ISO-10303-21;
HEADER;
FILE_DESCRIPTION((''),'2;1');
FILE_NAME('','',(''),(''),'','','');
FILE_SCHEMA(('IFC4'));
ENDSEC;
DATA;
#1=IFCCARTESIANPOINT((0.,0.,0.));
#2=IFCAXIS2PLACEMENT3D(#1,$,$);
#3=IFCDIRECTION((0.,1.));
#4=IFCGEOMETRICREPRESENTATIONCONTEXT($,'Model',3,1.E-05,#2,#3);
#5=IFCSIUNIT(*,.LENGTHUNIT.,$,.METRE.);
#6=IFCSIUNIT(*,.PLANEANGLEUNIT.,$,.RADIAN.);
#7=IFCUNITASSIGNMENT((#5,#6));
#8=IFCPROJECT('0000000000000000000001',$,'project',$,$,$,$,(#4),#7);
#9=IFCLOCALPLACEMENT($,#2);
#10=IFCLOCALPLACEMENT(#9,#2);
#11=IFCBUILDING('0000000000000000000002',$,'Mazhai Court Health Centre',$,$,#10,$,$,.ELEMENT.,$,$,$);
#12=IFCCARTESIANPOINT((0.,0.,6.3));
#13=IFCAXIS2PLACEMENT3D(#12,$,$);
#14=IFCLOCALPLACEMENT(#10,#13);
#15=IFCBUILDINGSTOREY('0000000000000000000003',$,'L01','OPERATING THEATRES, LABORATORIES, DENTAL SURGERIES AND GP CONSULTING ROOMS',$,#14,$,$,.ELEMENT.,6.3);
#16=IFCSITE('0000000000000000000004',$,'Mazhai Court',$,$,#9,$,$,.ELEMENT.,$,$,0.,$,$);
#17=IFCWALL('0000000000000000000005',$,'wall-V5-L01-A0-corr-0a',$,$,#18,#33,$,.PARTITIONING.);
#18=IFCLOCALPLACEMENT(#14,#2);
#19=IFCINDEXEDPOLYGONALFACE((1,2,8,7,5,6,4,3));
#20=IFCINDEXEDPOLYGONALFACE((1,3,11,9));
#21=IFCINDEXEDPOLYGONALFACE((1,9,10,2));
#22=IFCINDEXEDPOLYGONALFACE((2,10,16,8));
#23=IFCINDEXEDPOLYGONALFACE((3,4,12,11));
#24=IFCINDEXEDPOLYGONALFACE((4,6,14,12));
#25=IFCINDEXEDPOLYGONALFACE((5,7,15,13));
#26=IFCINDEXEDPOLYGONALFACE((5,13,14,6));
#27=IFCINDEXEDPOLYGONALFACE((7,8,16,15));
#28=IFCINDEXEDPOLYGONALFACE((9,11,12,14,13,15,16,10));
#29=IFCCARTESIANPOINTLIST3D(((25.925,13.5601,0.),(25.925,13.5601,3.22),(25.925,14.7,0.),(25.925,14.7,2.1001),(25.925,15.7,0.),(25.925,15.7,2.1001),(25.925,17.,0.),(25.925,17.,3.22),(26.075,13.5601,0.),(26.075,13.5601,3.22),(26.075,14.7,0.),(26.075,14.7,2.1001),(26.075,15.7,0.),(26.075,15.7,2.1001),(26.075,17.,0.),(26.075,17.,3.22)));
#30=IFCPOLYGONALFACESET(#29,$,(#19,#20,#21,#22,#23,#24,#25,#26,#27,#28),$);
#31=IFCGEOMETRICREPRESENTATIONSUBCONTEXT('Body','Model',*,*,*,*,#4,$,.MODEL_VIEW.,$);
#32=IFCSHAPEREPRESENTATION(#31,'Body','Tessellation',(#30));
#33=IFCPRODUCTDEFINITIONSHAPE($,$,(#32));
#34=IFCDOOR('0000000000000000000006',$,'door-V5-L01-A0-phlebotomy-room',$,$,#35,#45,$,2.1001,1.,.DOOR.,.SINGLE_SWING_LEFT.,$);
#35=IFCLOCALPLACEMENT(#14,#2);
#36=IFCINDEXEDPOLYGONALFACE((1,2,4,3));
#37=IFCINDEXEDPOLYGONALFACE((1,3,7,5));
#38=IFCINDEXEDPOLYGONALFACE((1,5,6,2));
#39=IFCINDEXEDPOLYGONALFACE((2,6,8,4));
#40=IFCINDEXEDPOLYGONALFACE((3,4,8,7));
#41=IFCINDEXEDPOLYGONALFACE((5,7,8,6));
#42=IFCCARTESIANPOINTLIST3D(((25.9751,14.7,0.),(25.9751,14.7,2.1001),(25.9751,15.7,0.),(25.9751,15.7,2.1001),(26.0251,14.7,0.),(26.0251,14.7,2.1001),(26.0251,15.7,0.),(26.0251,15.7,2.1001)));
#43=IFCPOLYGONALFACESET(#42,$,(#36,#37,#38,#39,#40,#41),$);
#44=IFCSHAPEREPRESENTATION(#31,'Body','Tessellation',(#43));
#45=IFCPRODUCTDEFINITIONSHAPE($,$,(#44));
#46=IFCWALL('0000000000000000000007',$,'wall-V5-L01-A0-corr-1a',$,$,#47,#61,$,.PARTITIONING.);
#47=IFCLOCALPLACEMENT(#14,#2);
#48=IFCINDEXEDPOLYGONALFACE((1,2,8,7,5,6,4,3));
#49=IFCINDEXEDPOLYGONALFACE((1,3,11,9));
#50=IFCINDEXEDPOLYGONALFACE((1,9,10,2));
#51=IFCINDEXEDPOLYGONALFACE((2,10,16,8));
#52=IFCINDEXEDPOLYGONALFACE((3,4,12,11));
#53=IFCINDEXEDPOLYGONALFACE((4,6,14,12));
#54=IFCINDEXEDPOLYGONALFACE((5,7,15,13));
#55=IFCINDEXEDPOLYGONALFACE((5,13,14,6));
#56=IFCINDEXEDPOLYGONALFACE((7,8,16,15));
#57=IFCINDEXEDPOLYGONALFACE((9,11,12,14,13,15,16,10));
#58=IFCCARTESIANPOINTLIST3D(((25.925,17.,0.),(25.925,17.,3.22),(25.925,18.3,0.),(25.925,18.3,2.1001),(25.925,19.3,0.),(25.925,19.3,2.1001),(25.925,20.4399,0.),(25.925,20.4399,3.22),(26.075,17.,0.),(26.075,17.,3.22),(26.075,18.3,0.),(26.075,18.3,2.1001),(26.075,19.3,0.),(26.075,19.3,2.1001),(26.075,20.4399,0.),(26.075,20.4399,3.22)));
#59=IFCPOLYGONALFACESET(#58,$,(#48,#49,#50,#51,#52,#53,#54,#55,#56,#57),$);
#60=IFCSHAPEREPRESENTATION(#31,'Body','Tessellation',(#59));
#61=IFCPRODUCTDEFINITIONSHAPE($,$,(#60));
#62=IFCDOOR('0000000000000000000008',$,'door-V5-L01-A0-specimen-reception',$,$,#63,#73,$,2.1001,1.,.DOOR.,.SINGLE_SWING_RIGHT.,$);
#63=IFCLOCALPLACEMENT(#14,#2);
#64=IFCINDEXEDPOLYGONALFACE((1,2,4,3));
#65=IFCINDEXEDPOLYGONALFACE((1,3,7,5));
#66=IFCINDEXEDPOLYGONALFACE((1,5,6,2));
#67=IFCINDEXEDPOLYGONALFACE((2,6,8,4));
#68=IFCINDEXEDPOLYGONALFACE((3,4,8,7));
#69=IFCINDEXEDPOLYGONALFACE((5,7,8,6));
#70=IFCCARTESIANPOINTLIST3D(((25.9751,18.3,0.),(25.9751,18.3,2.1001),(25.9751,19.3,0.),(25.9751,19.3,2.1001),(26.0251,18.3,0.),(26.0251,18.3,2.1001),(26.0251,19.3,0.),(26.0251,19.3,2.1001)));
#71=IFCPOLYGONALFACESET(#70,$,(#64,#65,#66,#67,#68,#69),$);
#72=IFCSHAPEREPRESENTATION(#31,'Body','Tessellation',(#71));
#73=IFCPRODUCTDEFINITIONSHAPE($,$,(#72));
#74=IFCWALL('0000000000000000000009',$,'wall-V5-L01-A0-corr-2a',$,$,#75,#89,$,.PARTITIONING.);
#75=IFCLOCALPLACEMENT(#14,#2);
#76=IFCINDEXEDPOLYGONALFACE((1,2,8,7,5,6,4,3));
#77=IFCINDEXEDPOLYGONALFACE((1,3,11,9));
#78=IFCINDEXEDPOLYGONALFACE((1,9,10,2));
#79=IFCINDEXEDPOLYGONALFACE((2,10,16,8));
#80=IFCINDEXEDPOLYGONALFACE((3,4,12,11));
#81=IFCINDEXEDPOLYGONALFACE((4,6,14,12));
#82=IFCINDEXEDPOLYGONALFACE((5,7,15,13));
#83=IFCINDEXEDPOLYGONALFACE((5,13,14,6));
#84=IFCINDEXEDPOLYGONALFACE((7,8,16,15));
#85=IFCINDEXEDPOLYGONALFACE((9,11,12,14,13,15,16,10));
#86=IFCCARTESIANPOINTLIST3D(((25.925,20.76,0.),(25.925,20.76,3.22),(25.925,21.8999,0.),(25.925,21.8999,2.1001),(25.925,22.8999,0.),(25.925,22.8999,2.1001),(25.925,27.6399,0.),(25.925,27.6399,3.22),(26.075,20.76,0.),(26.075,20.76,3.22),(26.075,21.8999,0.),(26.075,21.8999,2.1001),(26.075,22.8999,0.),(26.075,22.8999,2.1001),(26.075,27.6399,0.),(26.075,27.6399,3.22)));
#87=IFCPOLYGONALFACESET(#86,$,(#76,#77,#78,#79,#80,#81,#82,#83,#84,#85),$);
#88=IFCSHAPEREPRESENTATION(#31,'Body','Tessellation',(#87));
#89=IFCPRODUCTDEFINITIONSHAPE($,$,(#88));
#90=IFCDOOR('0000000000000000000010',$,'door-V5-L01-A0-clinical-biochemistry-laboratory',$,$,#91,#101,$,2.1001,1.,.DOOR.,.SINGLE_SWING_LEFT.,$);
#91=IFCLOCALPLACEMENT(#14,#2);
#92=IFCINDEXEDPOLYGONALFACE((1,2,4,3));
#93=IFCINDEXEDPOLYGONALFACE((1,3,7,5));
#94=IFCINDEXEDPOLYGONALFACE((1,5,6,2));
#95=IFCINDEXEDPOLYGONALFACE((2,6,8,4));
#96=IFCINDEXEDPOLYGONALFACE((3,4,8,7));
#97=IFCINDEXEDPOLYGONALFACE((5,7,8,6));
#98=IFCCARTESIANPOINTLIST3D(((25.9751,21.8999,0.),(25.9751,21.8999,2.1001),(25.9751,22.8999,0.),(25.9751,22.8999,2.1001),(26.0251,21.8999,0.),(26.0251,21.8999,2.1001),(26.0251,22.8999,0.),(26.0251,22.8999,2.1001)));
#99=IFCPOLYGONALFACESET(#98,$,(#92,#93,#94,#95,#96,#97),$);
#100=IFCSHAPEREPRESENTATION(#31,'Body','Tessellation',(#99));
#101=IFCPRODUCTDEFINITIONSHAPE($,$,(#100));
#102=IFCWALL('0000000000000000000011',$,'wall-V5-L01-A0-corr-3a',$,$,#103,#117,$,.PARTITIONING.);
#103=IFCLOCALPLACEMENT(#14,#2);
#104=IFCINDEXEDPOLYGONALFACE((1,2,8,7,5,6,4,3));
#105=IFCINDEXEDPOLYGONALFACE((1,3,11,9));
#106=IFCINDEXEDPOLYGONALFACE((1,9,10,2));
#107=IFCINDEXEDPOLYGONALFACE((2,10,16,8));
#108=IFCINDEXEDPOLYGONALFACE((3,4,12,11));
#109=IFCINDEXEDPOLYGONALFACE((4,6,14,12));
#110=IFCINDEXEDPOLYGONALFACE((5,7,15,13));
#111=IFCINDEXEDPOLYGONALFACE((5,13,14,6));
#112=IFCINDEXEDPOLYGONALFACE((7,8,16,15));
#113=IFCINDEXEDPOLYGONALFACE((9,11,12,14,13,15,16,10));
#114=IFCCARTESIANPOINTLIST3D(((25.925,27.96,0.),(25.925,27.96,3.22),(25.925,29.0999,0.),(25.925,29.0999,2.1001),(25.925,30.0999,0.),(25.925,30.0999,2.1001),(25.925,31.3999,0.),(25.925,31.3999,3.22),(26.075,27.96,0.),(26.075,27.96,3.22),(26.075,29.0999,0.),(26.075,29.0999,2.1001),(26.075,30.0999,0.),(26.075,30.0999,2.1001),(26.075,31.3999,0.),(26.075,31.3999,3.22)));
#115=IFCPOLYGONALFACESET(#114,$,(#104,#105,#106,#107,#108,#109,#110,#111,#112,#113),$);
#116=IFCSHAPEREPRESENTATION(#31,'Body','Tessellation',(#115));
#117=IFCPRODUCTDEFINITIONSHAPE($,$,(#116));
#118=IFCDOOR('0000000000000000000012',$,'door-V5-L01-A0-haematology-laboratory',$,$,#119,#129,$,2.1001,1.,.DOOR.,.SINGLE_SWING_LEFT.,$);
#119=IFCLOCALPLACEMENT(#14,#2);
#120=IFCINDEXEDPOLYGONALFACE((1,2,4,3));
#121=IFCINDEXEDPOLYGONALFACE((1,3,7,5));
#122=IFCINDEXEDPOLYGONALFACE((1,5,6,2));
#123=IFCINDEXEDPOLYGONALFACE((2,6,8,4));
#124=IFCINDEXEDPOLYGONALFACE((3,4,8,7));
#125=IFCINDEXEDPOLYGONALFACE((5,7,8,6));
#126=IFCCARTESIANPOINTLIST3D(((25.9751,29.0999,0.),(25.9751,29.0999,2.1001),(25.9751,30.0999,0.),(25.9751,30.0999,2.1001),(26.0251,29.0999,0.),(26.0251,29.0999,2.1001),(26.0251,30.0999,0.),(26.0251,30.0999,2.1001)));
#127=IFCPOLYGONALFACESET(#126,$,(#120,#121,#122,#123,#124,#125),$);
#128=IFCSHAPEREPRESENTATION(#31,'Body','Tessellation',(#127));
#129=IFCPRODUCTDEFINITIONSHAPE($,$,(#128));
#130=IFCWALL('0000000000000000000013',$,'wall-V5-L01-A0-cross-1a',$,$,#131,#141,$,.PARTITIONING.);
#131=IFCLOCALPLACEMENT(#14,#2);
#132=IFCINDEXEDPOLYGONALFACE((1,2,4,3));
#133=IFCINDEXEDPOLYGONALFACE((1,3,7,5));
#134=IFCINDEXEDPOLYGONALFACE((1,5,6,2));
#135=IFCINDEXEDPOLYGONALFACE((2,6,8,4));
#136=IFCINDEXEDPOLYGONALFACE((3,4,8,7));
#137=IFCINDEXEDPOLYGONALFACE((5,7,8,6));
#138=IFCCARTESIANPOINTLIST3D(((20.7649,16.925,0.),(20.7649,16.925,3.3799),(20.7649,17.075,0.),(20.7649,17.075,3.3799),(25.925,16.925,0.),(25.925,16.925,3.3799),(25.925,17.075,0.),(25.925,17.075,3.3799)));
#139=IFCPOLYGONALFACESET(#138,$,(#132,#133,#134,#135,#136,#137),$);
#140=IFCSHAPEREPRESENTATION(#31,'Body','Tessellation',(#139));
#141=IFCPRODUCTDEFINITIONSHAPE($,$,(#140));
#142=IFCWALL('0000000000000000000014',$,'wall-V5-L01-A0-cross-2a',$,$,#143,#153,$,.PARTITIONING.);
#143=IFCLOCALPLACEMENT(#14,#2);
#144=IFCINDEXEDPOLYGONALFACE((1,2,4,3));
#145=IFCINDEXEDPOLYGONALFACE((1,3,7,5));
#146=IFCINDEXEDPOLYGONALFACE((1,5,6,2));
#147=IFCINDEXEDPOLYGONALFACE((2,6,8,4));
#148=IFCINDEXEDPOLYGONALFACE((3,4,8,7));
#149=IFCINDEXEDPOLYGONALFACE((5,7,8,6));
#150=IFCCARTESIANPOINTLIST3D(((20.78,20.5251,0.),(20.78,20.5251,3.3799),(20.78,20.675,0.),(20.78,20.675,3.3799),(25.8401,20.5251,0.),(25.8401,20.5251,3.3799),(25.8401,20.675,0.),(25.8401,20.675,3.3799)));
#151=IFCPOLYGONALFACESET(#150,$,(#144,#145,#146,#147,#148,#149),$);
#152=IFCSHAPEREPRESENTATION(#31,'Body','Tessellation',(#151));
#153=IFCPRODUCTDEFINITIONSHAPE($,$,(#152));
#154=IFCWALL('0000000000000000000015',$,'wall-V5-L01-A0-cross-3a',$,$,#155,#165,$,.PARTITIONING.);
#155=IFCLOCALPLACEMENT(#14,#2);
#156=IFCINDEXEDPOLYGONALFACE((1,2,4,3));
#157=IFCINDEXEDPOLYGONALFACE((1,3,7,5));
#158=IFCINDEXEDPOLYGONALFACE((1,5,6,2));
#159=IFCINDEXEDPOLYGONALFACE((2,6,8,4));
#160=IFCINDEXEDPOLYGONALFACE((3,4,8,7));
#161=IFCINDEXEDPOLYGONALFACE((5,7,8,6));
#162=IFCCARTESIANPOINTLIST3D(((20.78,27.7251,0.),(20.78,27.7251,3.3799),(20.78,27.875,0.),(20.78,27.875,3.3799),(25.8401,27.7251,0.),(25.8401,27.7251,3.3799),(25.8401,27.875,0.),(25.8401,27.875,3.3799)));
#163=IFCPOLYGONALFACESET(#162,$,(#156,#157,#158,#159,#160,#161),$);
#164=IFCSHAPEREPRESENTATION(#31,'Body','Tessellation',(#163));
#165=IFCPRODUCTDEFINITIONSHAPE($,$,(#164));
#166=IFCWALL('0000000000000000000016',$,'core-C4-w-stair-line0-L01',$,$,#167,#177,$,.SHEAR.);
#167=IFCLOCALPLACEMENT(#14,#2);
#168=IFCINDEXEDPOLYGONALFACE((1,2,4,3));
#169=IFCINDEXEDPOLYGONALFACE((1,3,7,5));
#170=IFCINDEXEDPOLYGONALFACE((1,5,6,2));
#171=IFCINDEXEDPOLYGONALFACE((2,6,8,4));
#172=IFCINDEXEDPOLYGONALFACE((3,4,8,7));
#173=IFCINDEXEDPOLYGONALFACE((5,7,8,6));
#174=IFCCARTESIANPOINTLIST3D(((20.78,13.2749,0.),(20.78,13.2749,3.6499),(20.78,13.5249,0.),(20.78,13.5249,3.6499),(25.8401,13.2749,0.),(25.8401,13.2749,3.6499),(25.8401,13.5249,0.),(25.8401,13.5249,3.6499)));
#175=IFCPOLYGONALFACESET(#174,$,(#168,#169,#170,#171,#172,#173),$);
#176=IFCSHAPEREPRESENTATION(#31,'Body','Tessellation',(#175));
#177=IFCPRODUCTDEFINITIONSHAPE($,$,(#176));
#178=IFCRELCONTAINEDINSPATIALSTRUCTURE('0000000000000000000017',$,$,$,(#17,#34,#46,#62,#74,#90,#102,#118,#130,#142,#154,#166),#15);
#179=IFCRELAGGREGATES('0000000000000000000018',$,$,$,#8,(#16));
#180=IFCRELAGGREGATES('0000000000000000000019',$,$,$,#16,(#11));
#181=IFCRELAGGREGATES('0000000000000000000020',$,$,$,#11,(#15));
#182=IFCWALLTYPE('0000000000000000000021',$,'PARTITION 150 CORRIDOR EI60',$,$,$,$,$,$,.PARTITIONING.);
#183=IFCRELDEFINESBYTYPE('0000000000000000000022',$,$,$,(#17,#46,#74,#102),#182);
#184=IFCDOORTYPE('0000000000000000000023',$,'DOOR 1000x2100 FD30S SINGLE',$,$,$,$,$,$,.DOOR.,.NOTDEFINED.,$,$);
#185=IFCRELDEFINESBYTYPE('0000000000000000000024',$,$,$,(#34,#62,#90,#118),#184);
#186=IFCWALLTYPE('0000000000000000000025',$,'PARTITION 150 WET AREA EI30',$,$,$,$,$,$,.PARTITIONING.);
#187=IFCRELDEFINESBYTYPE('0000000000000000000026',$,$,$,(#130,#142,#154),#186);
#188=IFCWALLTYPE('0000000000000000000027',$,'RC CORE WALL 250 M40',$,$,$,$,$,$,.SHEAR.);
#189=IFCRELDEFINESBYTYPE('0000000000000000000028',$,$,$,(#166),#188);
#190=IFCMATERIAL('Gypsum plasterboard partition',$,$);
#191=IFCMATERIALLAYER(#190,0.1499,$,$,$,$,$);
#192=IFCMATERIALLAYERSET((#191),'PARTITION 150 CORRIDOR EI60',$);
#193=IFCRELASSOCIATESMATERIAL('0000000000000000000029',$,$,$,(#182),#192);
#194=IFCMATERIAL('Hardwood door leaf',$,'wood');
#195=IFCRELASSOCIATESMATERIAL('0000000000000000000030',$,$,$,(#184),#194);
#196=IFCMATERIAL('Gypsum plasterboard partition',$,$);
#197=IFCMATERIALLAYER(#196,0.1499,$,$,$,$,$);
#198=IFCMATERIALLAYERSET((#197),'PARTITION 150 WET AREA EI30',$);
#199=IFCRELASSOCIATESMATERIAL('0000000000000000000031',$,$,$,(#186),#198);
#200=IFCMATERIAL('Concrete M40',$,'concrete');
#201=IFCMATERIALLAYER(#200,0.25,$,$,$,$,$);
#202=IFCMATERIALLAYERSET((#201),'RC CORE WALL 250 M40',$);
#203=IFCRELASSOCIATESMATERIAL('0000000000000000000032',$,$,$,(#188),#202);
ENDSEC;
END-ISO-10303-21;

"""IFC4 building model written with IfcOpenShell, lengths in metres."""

from ifc_helpers import new_model, si_unit, direction, frame, frame_2d, origin, place, context, subcontext, project, spatial, rectangle, extrude, material, layer, layer_set, type_object, element, fill, save


model = new_model("IFC4")

# Units and contexts
model_context = context("Model", 3, precision=1e-05, world=origin(), true_north=direction((0.0, 1.0)))
body_context = subcontext(model_context, "Body", "Model", "MODEL_VIEW")
ifc_project = project(units=[si_unit("LENGTHUNIT", "METRE"), si_unit("PLANEANGLEUNIT", "RADIAN")], contexts=[model_context])

# Site, building, storey
site_placement = place(None, origin())
site = spatial("IfcSite", under=ifc_project, at=site_placement, Name="Mazhai Court", CompositionType="ELEMENT", RefElevation=0.0)
building_placement = place(site_placement, origin())
building = spatial("IfcBuilding", under=site, at=building_placement, Name="Mazhai Court Health Centre", CompositionType="ELEMENT")
storey_placement = place(building_placement, frame((0.0, 0.0, 6.3)))
storey = spatial("IfcBuildingStorey", under=building, at=storey_placement, Name="L01", Description="OPERATING THEATRES, LABORATORIES, DENTAL SURGERIES AND GP CONSULTING ROOMS", CompositionType="ELEMENT", Elevation=6.3)

# Walls, openings, doors
ifc_material_1 = material(Name="Gypsum plasterboard partition")
ifc_layer_1 = layer(ifc_material_1, 0.1499)
ifc_layer_set_1 = layer_set([ifc_layer_1], Name="PARTITION 150 CORRIDOR EI60")
wall_type_1 = type_object("IfcWallType", Name="PARTITION 150 CORRIDOR EI60", PredefinedType="PARTITIONING", material=ifc_layer_set_1)
wall_1_placement = place(storey_placement, frame((26.0, 13.5601, 0.0), z_axis=(0.0, 0.0, 1.0), x_axis=(0.0, 1.0, 0.0)))
wall_1 = element("IfcWall", 1, at=wall_1_placement, inside=storey, type_object=wall_type_1, Name="wall-V5-L01-A0-corr-0a", PredefinedType="PARTITIONING", context=body_context, shape_type="SweptSolid", body=[
    extrude(rectangle(XDim=3.4399, YDim=0.1499, at=frame_2d((1.72, 0.0))), origin(), (0.0, 0.0, 1.0), 3.22),
])
opening_1_placement = place(wall_1_placement, frame((1.1399, 0.0, 0.0)))
opening_1 = element("IfcOpeningElement", 2, at=opening_1_placement, cuts=wall_1, PredefinedType="OPENING", context=body_context, shape_type="SweptSolid", body=[
    extrude(rectangle(XDim=1.0, YDim=2.1001, at=frame_2d((0.5, 1.05))), frame((0.0, 0.085, 0.0), z_axis=(0.0, -1.0, 0.0), x_axis=(1.0, 0.0, 0.0)), (0.0, 0.0, 1.0), 0.1699),
])
ifc_material_2 = material(Name="Hardwood door leaf", Category="wood")
door_type = type_object("IfcDoorType", Name="DOOR 1000x2100 FD30S SINGLE", OperationType="NOTDEFINED", PredefinedType="DOOR", material=ifc_material_2)
door_1_placement = place(opening_1_placement, origin())
door_1 = element("IfcDoor", 3, at=door_1_placement, inside=storey, type_object=door_type, Name="door-V5-L01-A0-phlebotomy-room", OperationType="SINGLE_SWING_LEFT", OverallHeight=2.1001, OverallWidth=1.0, PredefinedType="DOOR", context=body_context, shape_type="SweptSolid", body=[
    extrude(rectangle(XDim=1.0, YDim=2.1001, at=frame_2d((0.5, 1.05))), frame((0.0, 0.0249, 0.0), z_axis=(0.0, -1.0, 0.0), x_axis=(1.0, 0.0, 0.0)), (0.0, 0.0, 1.0), 0.05),
])
fill(opening_1, door_1)
wall_2_placement = place(storey_placement, frame((26.0, 17.0, 0.0), z_axis=(0.0, 0.0, 1.0), x_axis=(0.0, 1.0, 0.0)))
wall_2 = element("IfcWall", 4, at=wall_2_placement, inside=storey, type_object=wall_type_1, Name="wall-V5-L01-A0-corr-1a", PredefinedType="PARTITIONING", context=body_context, shape_type="SweptSolid", body=[
    extrude(rectangle(XDim=3.4399, YDim=0.1499, at=frame_2d((1.72, 0.0))), origin(), (0.0, 0.0, 1.0), 3.22),
])
opening_2_placement = place(wall_2_placement, frame((1.3, 0.0, 0.0)))
opening_2 = element("IfcOpeningElement", 5, at=opening_2_placement, cuts=wall_2, PredefinedType="OPENING", context=body_context, shape_type="SweptSolid", body=[
    extrude(rectangle(XDim=1.0, YDim=2.1001, at=frame_2d((0.5, 1.05))), frame((0.0, 0.085, 0.0), z_axis=(0.0, -1.0, 0.0), x_axis=(1.0, 0.0, 0.0)), (0.0, 0.0, 1.0), 0.1699),
])
door_2_placement = place(opening_2_placement, origin())
door_2 = element("IfcDoor", 6, at=door_2_placement, inside=storey, type_object=door_type, Name="door-V5-L01-A0-specimen-reception", OperationType="SINGLE_SWING_RIGHT", OverallHeight=2.1001, OverallWidth=1.0, PredefinedType="DOOR", context=body_context, shape_type="SweptSolid", body=[
    extrude(rectangle(XDim=1.0, YDim=2.1001, at=frame_2d((0.5, 1.05))), frame((0.0, 0.0249, 0.0), z_axis=(0.0, -1.0, 0.0), x_axis=(1.0, 0.0, 0.0)), (0.0, 0.0, 1.0), 0.05),
])
fill(opening_2, door_2)
wall_3_placement = place(storey_placement, frame((26.0, 20.76, 0.0), z_axis=(0.0, 0.0, 1.0), x_axis=(0.0, 1.0, 0.0)))
wall_3 = element("IfcWall", 7, at=wall_3_placement, inside=storey, type_object=wall_type_1, Name="wall-V5-L01-A0-corr-2a", PredefinedType="PARTITIONING", context=body_context, shape_type="SweptSolid", body=[
    extrude(rectangle(XDim=6.8799, YDim=0.1499, at=frame_2d((3.4399, 0.0))), origin(), (0.0, 0.0, 1.0), 3.22),
])
opening_3_placement = place(wall_3_placement, frame((1.1399, 0.0, 0.0)))
opening_3 = element("IfcOpeningElement", 8, at=opening_3_placement, cuts=wall_3, PredefinedType="OPENING", context=body_context, shape_type="SweptSolid", body=[
    extrude(rectangle(XDim=1.0, YDim=2.1001, at=frame_2d((0.5, 1.05))), frame((0.0, 0.085, 0.0), z_axis=(0.0, -1.0, 0.0), x_axis=(1.0, 0.0, 0.0)), (0.0, 0.0, 1.0), 0.1699),
])
door_3_placement = place(opening_3_placement, origin())
door_3 = element("IfcDoor", 9, at=door_3_placement, inside=storey, type_object=door_type, Name="door-V5-L01-A0-clinical-biochemistry-laboratory", OperationType="SINGLE_SWING_LEFT", OverallHeight=2.1001, OverallWidth=1.0, PredefinedType="DOOR", context=body_context, shape_type="SweptSolid", body=[
    extrude(rectangle(XDim=1.0, YDim=2.1001, at=frame_2d((0.5, 1.05))), frame((0.0, 0.0249, 0.0), z_axis=(0.0, -1.0, 0.0), x_axis=(1.0, 0.0, 0.0)), (0.0, 0.0, 1.0), 0.05),
])
fill(opening_3, door_3)
wall_4_placement = place(storey_placement, frame((26.0, 27.96, 0.0), z_axis=(0.0, 0.0, 1.0), x_axis=(0.0, 1.0, 0.0)))
wall_4 = element("IfcWall", 10, at=wall_4_placement, inside=storey, type_object=wall_type_1, Name="wall-V5-L01-A0-corr-3a", PredefinedType="PARTITIONING", context=body_context, shape_type="SweptSolid", body=[
    extrude(rectangle(XDim=3.4399, YDim=0.1499, at=frame_2d((1.72, 0.0))), origin(), (0.0, 0.0, 1.0), 3.22),
])
opening_4_placement = place(wall_4_placement, frame((1.1399, 0.0, 0.0)))
opening_4 = element("IfcOpeningElement", 11, at=opening_4_placement, cuts=wall_4, PredefinedType="OPENING", context=body_context, shape_type="SweptSolid", body=[
    extrude(rectangle(XDim=1.0, YDim=2.1001, at=frame_2d((0.5, 1.05))), frame((0.0, 0.085, 0.0), z_axis=(0.0, -1.0, 0.0), x_axis=(1.0, 0.0, 0.0)), (0.0, 0.0, 1.0), 0.1699),
])
door_4_placement = place(opening_4_placement, origin())
door_4 = element("IfcDoor", 12, at=door_4_placement, inside=storey, type_object=door_type, Name="door-V5-L01-A0-haematology-laboratory", OperationType="SINGLE_SWING_LEFT", OverallHeight=2.1001, OverallWidth=1.0, PredefinedType="DOOR", context=body_context, shape_type="SweptSolid", body=[
    extrude(rectangle(XDim=1.0, YDim=2.1001, at=frame_2d((0.5, 1.05))), frame((0.0, 0.0249, 0.0), z_axis=(0.0, -1.0, 0.0), x_axis=(1.0, 0.0, 0.0)), (0.0, 0.0, 1.0), 0.05),
])
fill(opening_4, door_4)

# Walls
ifc_material_3 = material(Name="Gypsum plasterboard partition")
ifc_layer_2 = layer(ifc_material_3, 0.1499)
ifc_layer_set_2 = layer_set([ifc_layer_2], Name="PARTITION 150 WET AREA EI30")
wall_type_2 = type_object("IfcWallType", Name="PARTITION 150 WET AREA EI30", PredefinedType="PARTITIONING", material=ifc_layer_set_2)
wall_5_placement = place(storey_placement, frame((20.7649, 17.0, 0.0), z_axis=(0.0, 0.0, 1.0), x_axis=(1.0, 0.0, 0.0)))
element("IfcWall", 13, at=wall_5_placement, inside=storey, type_object=wall_type_2, Name="wall-V5-L01-A0-cross-1a", PredefinedType="PARTITIONING", context=body_context, shape_type="SweptSolid", body=[
    extrude(rectangle(XDim=5.1602, YDim=0.1499, at=frame_2d((2.5801, 0.0))), origin(), (0.0, 0.0, 1.0), 3.3799),
])
for number, where, z_axis, x_axis, name in (
    (14, (20.78, 20.6001, 0.0), (0.0, 0.0, 1.0), (1.0, 0.0, 0.0), "wall-V5-L01-A0-cross-2a"),
    (15, (20.78, 27.8, 0.0), (0.0, 0.0, 1.0), (1.0, 0.0, 0.0), "wall-V5-L01-A0-cross-3a"),
):
    element("IfcWall", number, at=place(storey_placement, frame(where, z_axis=z_axis, x_axis=x_axis)), inside=storey, type_object=wall_type_2, Name=name, PredefinedType="PARTITIONING", context=body_context, shape_type="SweptSolid", body=[
        extrude(rectangle(XDim=5.0601, YDim=0.1499, at=frame_2d((2.53, 0.0))), origin(), (0.0, 0.0, 1.0), 3.3799),
    ])
ifc_material_4 = material(Name="Concrete M40", Category="concrete")
ifc_layer_3 = layer(ifc_material_4, 0.25)
ifc_layer_set_3 = layer_set([ifc_layer_3], Name="RC CORE WALL 250 M40")
wall_type_3 = type_object("IfcWallType", Name="RC CORE WALL 250 M40", PredefinedType="SHEAR", material=ifc_layer_set_3)
wall_6_placement = place(storey_placement, frame((20.78, 13.3999, 0.0), z_axis=(0.0, 0.0, 1.0), x_axis=(1.0, 0.0, 0.0)))
element("IfcWall", 16, at=wall_6_placement, inside=storey, type_object=wall_type_3, Name="core-C4-w-stair-line0-L01", PredefinedType="SHEAR", context=body_context, shape_type="SweptSolid", body=[
    extrude(rectangle(XDim=5.0601, YDim=0.25, at=frame_2d((2.53, 0.0))), origin(), (0.0, 0.0, 1.0), 3.6499),
])

save(model, "model.ifc")
